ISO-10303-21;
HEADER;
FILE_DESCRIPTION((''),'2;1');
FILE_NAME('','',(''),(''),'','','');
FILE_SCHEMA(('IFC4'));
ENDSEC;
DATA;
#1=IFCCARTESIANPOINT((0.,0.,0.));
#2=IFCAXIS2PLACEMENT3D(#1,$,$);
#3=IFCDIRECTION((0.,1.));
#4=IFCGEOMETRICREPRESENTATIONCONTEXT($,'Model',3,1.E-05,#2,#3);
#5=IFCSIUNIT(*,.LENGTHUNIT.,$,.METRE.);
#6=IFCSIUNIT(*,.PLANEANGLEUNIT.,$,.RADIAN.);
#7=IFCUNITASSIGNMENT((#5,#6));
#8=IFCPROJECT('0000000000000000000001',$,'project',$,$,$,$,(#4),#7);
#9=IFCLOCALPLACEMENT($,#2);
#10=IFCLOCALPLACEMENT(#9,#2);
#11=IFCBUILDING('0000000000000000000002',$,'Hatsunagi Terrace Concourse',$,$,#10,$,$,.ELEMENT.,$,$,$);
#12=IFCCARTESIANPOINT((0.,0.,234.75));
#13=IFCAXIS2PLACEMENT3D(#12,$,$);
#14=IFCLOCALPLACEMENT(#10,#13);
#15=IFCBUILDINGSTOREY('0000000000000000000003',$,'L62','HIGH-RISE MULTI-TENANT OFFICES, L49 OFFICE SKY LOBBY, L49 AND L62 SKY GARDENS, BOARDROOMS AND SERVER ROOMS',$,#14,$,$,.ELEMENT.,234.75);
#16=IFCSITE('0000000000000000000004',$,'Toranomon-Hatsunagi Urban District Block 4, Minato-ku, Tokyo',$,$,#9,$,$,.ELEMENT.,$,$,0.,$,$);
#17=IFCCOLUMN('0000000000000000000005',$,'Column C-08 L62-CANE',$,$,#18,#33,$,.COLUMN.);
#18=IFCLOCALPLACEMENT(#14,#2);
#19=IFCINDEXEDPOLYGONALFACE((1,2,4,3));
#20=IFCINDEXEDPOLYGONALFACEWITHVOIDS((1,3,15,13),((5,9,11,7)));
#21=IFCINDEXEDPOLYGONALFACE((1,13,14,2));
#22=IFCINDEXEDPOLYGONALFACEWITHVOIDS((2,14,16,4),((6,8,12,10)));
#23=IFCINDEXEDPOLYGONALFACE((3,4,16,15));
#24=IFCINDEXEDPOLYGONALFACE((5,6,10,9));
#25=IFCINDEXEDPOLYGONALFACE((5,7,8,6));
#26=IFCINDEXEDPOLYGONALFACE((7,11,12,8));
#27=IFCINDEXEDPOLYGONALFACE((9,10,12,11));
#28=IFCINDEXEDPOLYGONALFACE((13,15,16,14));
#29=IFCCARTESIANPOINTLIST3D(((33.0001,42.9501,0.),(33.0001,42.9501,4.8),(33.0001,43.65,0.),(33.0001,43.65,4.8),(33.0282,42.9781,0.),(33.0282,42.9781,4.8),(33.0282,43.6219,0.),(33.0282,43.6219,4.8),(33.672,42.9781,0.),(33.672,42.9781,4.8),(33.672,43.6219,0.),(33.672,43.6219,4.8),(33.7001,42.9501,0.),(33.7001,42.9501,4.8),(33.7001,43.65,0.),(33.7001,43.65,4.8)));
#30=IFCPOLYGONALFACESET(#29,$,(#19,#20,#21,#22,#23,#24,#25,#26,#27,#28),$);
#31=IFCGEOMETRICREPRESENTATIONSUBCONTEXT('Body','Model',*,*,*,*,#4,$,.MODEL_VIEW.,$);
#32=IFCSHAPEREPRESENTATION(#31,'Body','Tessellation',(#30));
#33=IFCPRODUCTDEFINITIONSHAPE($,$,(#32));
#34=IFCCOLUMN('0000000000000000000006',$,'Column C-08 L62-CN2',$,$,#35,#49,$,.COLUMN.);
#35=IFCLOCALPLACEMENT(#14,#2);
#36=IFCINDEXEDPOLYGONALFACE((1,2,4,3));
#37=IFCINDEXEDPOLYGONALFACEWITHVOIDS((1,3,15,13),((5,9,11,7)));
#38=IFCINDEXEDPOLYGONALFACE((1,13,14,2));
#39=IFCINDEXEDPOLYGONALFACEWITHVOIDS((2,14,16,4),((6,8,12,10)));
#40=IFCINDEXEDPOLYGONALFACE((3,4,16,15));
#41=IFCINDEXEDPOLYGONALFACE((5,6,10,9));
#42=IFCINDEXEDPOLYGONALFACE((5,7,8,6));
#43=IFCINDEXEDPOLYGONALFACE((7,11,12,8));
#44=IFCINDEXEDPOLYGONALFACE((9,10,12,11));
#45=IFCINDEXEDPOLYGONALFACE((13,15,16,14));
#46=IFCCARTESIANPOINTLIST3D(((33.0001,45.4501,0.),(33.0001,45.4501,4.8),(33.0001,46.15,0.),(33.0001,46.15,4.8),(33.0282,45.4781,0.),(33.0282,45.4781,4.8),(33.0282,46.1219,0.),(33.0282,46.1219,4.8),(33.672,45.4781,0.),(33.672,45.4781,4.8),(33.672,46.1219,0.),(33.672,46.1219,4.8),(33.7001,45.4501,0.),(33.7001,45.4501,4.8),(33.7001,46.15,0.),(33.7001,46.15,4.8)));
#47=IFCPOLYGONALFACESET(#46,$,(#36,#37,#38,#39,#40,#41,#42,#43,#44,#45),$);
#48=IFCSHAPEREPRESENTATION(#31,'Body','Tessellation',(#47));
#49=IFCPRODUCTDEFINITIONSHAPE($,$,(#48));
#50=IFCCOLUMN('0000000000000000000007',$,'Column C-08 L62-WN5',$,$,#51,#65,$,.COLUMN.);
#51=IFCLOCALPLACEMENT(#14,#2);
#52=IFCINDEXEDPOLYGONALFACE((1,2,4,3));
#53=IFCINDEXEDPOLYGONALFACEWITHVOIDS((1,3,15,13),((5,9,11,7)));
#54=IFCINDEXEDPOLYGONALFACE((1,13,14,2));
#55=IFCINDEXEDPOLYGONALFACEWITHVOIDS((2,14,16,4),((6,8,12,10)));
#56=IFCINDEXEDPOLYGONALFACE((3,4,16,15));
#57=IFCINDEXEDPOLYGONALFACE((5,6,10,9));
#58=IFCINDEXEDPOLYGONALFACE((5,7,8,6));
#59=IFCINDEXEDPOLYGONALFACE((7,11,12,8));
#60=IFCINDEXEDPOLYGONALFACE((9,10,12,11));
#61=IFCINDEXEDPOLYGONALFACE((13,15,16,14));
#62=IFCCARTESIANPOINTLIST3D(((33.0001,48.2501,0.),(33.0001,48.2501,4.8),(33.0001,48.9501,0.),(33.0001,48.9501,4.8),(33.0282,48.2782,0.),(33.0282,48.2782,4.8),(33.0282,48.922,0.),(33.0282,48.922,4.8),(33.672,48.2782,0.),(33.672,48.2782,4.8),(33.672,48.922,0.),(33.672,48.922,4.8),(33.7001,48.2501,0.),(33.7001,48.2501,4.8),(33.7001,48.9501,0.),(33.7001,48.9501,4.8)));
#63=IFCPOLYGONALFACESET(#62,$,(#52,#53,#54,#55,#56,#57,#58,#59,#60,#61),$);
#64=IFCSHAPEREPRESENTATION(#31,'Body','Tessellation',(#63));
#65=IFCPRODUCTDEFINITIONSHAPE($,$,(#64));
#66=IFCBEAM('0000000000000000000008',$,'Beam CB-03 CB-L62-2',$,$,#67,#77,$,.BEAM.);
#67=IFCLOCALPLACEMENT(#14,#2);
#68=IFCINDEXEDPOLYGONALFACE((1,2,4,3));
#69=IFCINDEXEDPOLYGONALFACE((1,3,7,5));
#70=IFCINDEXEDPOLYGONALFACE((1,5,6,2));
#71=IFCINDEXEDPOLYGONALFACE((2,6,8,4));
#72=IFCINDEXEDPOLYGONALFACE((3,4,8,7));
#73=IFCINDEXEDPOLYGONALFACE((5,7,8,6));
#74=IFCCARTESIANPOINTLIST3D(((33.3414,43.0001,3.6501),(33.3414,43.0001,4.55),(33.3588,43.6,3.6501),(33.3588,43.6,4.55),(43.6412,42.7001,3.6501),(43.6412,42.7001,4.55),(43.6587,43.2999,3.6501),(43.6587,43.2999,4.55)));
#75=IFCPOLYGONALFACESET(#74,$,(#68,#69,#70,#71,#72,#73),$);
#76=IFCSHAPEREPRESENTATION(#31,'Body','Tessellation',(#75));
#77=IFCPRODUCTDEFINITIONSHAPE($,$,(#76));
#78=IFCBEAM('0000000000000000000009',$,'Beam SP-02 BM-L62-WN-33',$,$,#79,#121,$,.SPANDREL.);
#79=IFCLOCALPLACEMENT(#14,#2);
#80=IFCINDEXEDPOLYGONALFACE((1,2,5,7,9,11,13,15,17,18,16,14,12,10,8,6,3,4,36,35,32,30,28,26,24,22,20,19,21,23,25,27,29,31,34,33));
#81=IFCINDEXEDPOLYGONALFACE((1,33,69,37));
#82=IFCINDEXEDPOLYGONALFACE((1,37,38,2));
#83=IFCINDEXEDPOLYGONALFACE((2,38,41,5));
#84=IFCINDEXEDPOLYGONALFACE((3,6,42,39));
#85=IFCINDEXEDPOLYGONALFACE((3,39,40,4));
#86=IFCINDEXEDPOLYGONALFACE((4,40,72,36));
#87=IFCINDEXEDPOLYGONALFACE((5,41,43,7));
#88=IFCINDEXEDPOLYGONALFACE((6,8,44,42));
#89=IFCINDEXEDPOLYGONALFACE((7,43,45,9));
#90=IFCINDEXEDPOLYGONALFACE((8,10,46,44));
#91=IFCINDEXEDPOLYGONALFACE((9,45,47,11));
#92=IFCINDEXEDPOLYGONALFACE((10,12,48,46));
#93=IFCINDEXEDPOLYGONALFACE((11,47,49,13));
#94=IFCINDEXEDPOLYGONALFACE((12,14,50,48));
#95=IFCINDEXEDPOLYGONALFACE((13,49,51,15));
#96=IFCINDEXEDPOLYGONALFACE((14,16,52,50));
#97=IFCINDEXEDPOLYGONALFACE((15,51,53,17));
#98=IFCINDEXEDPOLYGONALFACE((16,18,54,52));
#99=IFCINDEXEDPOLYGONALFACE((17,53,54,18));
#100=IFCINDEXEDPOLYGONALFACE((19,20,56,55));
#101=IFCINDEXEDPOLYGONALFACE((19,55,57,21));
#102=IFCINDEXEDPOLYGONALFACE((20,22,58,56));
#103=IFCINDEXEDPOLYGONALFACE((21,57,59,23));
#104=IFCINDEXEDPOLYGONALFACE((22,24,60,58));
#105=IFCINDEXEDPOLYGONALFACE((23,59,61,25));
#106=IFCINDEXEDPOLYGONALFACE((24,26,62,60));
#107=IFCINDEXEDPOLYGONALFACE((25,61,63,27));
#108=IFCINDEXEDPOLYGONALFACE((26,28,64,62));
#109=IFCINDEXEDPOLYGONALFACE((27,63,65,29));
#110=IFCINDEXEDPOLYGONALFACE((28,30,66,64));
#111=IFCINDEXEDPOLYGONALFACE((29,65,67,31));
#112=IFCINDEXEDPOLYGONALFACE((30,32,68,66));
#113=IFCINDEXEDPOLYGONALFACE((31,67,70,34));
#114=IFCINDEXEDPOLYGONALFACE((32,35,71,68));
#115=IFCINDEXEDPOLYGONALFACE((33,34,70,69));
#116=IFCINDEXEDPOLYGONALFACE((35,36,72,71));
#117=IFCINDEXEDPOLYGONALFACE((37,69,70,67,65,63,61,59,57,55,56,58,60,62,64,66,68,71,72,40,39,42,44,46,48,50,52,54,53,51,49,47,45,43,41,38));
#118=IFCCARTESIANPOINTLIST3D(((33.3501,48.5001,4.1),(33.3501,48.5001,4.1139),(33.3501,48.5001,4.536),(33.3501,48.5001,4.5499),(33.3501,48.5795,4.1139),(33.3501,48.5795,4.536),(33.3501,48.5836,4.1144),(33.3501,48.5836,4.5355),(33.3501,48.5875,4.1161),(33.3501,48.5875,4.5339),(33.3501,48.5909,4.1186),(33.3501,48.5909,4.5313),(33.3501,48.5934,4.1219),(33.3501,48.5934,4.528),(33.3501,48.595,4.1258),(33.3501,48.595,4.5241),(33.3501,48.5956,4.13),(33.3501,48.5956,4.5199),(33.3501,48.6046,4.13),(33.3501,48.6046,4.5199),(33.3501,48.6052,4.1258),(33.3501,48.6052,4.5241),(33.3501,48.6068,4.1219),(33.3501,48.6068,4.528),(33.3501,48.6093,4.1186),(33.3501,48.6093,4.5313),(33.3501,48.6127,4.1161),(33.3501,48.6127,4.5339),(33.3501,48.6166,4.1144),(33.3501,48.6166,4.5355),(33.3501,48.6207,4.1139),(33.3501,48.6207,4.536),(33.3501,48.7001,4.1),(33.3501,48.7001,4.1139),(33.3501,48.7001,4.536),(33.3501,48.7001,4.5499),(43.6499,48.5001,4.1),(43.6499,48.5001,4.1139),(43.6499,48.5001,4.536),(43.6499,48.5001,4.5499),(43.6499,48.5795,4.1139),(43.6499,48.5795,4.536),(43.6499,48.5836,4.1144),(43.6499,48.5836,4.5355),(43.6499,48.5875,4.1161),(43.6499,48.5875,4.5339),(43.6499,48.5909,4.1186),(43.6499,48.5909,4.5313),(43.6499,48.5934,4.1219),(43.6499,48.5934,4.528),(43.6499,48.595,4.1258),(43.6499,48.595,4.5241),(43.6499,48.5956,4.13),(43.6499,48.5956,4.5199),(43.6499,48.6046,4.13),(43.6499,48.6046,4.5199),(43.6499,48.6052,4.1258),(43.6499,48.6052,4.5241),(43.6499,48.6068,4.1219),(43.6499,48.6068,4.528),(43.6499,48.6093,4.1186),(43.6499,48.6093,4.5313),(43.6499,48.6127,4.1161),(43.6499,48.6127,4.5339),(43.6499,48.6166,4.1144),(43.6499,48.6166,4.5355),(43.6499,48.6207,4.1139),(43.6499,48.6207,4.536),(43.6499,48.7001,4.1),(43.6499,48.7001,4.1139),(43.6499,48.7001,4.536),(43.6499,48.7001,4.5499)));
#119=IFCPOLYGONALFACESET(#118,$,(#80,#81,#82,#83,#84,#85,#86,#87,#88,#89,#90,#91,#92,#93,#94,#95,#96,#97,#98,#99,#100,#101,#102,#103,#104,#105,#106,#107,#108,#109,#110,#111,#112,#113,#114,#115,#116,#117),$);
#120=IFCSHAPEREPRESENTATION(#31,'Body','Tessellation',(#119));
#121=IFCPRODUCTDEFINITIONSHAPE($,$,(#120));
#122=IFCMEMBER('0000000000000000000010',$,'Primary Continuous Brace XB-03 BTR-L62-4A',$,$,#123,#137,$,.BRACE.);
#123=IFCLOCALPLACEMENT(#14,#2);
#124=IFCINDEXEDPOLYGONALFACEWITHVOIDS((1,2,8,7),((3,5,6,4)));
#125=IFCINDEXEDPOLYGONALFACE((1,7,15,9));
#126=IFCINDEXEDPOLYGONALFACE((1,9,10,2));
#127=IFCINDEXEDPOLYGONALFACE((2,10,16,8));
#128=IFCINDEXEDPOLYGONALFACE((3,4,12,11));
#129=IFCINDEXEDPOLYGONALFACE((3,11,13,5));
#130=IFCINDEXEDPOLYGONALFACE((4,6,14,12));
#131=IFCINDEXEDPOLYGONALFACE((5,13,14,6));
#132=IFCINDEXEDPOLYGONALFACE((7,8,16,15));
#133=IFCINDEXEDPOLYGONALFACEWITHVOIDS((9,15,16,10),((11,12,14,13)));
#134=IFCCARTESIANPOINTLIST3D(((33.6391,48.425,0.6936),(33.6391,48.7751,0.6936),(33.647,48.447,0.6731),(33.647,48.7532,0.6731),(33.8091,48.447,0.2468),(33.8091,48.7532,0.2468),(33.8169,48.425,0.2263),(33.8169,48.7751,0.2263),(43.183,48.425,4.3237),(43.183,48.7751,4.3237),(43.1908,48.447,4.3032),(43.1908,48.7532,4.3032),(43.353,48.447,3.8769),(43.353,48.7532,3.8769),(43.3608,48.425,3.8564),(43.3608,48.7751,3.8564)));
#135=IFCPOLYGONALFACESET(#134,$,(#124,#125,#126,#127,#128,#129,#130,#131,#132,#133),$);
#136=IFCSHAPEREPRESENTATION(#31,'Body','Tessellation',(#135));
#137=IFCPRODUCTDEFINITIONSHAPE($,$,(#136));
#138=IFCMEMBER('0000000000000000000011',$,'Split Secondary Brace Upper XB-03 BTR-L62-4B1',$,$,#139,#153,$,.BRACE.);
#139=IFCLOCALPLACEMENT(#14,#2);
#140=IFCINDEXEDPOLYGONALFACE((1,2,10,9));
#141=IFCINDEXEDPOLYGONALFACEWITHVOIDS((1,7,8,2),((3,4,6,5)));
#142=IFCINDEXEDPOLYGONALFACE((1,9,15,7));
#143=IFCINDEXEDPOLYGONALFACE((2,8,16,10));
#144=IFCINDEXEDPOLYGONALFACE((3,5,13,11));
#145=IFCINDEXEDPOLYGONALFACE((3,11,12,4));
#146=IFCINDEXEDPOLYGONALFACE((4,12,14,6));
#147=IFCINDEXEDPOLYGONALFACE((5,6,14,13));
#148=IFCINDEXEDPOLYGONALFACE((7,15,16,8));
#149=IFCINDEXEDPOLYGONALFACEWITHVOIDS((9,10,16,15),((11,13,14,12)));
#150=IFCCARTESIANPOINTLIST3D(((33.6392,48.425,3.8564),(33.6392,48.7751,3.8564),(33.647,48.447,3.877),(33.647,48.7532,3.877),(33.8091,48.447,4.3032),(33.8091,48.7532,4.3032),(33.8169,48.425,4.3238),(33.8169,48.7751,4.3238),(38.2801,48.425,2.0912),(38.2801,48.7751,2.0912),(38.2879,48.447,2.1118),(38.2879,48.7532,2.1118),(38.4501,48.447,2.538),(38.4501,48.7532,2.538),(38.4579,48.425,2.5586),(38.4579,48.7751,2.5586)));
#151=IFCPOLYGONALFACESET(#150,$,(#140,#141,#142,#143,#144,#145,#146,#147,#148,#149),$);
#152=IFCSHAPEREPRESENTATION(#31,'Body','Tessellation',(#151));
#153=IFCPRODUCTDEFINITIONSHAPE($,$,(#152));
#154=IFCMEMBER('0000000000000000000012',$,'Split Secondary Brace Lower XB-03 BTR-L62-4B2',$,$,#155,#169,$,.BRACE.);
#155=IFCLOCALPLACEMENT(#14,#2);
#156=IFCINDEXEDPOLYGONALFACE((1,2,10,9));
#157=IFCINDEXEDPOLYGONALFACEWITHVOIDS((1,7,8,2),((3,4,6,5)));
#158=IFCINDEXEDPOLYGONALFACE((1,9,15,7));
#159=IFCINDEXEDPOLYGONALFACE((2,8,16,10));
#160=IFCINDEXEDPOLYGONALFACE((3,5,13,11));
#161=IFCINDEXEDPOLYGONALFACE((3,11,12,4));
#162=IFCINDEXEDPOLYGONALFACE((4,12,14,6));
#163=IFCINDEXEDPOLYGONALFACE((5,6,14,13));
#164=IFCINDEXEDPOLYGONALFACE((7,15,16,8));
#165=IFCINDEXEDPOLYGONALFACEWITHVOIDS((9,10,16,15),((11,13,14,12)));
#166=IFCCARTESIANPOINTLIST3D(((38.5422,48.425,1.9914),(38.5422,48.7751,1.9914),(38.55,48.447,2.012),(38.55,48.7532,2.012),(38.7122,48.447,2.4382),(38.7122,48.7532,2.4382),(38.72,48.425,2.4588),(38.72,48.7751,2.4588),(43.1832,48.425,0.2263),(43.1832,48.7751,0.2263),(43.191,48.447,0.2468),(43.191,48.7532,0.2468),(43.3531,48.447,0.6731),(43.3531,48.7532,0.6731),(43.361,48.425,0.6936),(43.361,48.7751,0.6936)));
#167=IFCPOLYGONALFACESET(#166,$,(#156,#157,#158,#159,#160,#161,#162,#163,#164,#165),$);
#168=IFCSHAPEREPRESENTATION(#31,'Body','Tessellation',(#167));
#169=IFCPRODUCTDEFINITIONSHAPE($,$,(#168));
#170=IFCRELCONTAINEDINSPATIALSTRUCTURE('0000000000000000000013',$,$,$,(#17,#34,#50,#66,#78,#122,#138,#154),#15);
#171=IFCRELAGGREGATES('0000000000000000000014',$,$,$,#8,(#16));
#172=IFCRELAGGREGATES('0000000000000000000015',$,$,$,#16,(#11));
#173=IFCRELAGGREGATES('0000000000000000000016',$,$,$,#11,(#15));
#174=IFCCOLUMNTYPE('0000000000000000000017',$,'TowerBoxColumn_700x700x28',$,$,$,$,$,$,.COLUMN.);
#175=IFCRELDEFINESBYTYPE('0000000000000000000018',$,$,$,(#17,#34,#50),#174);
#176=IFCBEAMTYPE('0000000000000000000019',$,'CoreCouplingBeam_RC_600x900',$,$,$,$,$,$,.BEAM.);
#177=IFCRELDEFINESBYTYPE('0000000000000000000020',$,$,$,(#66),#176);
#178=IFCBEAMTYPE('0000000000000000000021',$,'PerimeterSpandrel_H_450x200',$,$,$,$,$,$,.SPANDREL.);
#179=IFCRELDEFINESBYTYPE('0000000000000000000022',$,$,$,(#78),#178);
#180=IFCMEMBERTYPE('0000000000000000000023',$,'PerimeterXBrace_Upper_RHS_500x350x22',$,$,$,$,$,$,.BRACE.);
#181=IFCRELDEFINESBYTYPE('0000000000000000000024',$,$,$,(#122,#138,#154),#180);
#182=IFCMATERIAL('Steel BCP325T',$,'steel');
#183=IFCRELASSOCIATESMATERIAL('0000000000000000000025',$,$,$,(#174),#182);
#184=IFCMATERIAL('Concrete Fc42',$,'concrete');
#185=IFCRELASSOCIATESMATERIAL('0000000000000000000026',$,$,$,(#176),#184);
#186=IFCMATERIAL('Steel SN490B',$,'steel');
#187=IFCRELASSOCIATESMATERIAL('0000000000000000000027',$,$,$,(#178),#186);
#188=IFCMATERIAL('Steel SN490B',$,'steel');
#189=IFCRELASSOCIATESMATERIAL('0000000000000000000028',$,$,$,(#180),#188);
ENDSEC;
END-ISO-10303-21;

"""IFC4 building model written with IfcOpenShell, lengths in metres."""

from ifc_helpers import new_model, si_unit, direction, frame, origin, origin_2d, place, context, subcontext, project, spatial, rectangle, hollow_rectangle, i_section, extrude, material, material_profile, profile_set, type_object, element, save


model = new_model("IFC4")

# Units and contexts
model_context = context("Model", 3, precision=1e-05, world=origin(), true_north=direction((0.0, 1.0)))
body_context = subcontext(model_context, "Body", "Model", "MODEL_VIEW")
ifc_project = project(units=[si_unit("LENGTHUNIT", "METRE"), si_unit("PLANEANGLEUNIT", "RADIAN")], contexts=[model_context])

# Site, building, storey
site_placement = place(None, origin())
site = spatial("IfcSite", under=ifc_project, at=site_placement, Name="Toranomon-Hatsunagi Urban District Block 4, Minato-ku, Tokyo", CompositionType="ELEMENT", RefElevation=0.0)
building_placement = place(site_placement, origin())
building = spatial("IfcBuilding", under=site, at=building_placement, Name="Hatsunagi Terrace Concourse", CompositionType="ELEMENT")
storey_placement = place(building_placement, frame((0.0, 0.0, 234.75)))
storey = spatial("IfcBuildingStorey", under=building, at=storey_placement, Name="L62", Description="HIGH-RISE MULTI-TENANT OFFICES, L49 OFFICE SKY LOBBY, L49 AND L62 SKY GARDENS, BOARDROOMS AND SERVER ROOMS", CompositionType="ELEMENT", Elevation=234.75)

# Columns
ifc_material_1 = material(Name="Steel BCP325T", Category="steel")
ifc_material_profile_1 = material_profile(ifc_material_1, hollow_rectangle(XDim=0.7, YDim=0.7, WallThickness=0.0281, at=origin_2d()), Name="BCP-700x700x28")
ifc_profile_set_1 = profile_set([ifc_material_profile_1], Name="Steel BCP325T")
column_type = type_object("IfcColumnType", Name="TowerBoxColumn_700x700x28", PredefinedType="COLUMN", material=ifc_profile_set_1)
for number, where, z_axis, x_axis, name in (
    (1, (33.3501, 43.3, 0.0), (0.0, 0.0, 1.0), (1.0, 0.0, 0.0), "Column C-08 L62-CANE"),
    (2, (33.3501, 45.8, 0.0), (0.0, 0.0, 1.0), (1.0, 0.0, 0.0), "Column C-08 L62-CN2"),
    (3, (33.3501, 48.6001, 0.0), (0.0, 0.0, 1.0), (1.0, 0.0, 0.0), "Column C-08 L62-WN5"),
):
    element("IfcColumn", number, at=place(storey_placement, frame(where, z_axis=z_axis, x_axis=x_axis)), inside=storey, type_object=column_type, Name=name, PredefinedType="COLUMN", context=body_context, shape_type="SweptSolid", body=[
        extrude(hollow_rectangle(XDim=0.7, YDim=0.7, WallThickness=0.0281, at=origin_2d()), origin(), (0.0, 0.0, 1.0), 4.8),
    ])

# Beams
ifc_material_2 = material(Name="Concrete Fc42", Category="concrete")
ifc_material_profile_2 = material_profile(ifc_material_2, rectangle(XDim=0.6001, YDim=0.8999, at=origin_2d()), Name="RC-600x900")
ifc_profile_set_2 = profile_set([ifc_material_profile_2], Name="Concrete Fc42")
beam_type_1 = type_object("IfcBeamType", Name="CoreCouplingBeam_RC_600x900", PredefinedType="BEAM", material=ifc_profile_set_2)
beam_1_placement = place(storey_placement, frame((33.3501, 43.3, 4.1001), z_axis=(0.999576, -0.029119, 0.0), x_axis=(0.029119, 0.999576, 0.0)))
element("IfcBeam", 4, at=beam_1_placement, inside=storey, type_object=beam_type_1, Name="Beam CB-03 CB-L62-2", PredefinedType="BEAM", context=body_context, shape_type="SweptSolid", body=[
    extrude(rectangle(XDim=0.6001, YDim=0.8999, at=origin_2d()), origin(), (0.0, 0.0, 1.0), 10.3042),
])
ifc_material_3 = material(Name="Steel SN490B", Category="steel")
ifc_material_profile_3 = material_profile(ifc_material_3, i_section(OverallWidth=0.2, OverallDepth=0.45, WebThickness=0.009, FlangeThickness=0.0139, FilletRadius=0.0161, at=origin_2d()), Name="H-450x200x9x14")
ifc_profile_set_3 = profile_set([ifc_material_profile_3], Name="Steel SN490B")
beam_type_2 = type_object("IfcBeamType", Name="PerimeterSpandrel_H_450x200", PredefinedType="SPANDREL", material=ifc_profile_set_3)
beam_2_placement = place(storey_placement, frame((33.3501, 48.6001, 4.325), z_axis=(1.0, 0.0, 0.0), x_axis=(0.0, 1.0, 0.0)))
element("IfcBeam", 5, at=beam_2_placement, inside=storey, type_object=beam_type_2, Name="Beam SP-02 BM-L62-WN-33", PredefinedType="SPANDREL", context=body_context, shape_type="SweptSolid", body=[
    extrude(i_section(OverallWidth=0.2, OverallDepth=0.45, WebThickness=0.009, FlangeThickness=0.0139, FilletRadius=0.0161, at=origin_2d()), origin(), (0.0, 0.0, 1.0), 10.2998),
])

# Members
ifc_material_4 = material(Name="Steel SN490B", Category="steel")
ifc_material_profile_4 = material_profile(ifc_material_4, hollow_rectangle(XDim=0.3501, YDim=0.5, WallThickness=0.022, at=origin_2d()), Name="RHS-500x350x22")
ifc_profile_set_4 = profile_set([ifc_material_profile_4], Name="Steel SN490B")
member_type = type_object("IfcMemberType", Name="PerimeterXBrace_Upper_RHS_500x350x22", PredefinedType="BRACE", material=ifc_profile_set_4)
member_placement = place(storey_placement, frame((33.728, 48.6001, 0.46), z_axis=(0.934672, 0.0, 0.355511), x_axis=(0.0, 1.0, 0.0)))
element("IfcMember", 6, at=member_placement, inside=storey, type_object=member_type, Name="Primary Continuous Brace XB-03 BTR-L62-4A", PredefinedType="BRACE", context=body_context, shape_type="SweptSolid", body=[
    extrude(hollow_rectangle(XDim=0.3501, YDim=0.5, WallThickness=0.022, at=origin_2d()), origin(), (0.0, 0.0, 1.0), 10.2109),
])
for number, where, z_axis, x_axis, name in (
    (7, (33.728, 48.6001, 4.0901), (0.934676, 0.0, -0.3555), (0.0, 1.0, 0.0), "Split Secondary Brace Upper XB-03 BTR-L62-4B1"),
    (8, (38.6311, 48.6001, 2.2251), (0.934676, 0.0, -0.3555), (0.0, 1.0, 0.0), "Split Secondary Brace Lower XB-03 BTR-L62-4B2"),
):
    element("IfcMember", number, at=place(storey_placement, frame(where, z_axis=z_axis, x_axis=x_axis)), inside=storey, type_object=member_type, Name=name, PredefinedType="BRACE", context=body_context, shape_type="SweptSolid", body=[
        extrude(hollow_rectangle(XDim=0.3501, YDim=0.5, WallThickness=0.022, at=origin_2d()), origin(), (0.0, 0.0, 1.0), 4.9653),
    ])

save(model, "model.ifc")
